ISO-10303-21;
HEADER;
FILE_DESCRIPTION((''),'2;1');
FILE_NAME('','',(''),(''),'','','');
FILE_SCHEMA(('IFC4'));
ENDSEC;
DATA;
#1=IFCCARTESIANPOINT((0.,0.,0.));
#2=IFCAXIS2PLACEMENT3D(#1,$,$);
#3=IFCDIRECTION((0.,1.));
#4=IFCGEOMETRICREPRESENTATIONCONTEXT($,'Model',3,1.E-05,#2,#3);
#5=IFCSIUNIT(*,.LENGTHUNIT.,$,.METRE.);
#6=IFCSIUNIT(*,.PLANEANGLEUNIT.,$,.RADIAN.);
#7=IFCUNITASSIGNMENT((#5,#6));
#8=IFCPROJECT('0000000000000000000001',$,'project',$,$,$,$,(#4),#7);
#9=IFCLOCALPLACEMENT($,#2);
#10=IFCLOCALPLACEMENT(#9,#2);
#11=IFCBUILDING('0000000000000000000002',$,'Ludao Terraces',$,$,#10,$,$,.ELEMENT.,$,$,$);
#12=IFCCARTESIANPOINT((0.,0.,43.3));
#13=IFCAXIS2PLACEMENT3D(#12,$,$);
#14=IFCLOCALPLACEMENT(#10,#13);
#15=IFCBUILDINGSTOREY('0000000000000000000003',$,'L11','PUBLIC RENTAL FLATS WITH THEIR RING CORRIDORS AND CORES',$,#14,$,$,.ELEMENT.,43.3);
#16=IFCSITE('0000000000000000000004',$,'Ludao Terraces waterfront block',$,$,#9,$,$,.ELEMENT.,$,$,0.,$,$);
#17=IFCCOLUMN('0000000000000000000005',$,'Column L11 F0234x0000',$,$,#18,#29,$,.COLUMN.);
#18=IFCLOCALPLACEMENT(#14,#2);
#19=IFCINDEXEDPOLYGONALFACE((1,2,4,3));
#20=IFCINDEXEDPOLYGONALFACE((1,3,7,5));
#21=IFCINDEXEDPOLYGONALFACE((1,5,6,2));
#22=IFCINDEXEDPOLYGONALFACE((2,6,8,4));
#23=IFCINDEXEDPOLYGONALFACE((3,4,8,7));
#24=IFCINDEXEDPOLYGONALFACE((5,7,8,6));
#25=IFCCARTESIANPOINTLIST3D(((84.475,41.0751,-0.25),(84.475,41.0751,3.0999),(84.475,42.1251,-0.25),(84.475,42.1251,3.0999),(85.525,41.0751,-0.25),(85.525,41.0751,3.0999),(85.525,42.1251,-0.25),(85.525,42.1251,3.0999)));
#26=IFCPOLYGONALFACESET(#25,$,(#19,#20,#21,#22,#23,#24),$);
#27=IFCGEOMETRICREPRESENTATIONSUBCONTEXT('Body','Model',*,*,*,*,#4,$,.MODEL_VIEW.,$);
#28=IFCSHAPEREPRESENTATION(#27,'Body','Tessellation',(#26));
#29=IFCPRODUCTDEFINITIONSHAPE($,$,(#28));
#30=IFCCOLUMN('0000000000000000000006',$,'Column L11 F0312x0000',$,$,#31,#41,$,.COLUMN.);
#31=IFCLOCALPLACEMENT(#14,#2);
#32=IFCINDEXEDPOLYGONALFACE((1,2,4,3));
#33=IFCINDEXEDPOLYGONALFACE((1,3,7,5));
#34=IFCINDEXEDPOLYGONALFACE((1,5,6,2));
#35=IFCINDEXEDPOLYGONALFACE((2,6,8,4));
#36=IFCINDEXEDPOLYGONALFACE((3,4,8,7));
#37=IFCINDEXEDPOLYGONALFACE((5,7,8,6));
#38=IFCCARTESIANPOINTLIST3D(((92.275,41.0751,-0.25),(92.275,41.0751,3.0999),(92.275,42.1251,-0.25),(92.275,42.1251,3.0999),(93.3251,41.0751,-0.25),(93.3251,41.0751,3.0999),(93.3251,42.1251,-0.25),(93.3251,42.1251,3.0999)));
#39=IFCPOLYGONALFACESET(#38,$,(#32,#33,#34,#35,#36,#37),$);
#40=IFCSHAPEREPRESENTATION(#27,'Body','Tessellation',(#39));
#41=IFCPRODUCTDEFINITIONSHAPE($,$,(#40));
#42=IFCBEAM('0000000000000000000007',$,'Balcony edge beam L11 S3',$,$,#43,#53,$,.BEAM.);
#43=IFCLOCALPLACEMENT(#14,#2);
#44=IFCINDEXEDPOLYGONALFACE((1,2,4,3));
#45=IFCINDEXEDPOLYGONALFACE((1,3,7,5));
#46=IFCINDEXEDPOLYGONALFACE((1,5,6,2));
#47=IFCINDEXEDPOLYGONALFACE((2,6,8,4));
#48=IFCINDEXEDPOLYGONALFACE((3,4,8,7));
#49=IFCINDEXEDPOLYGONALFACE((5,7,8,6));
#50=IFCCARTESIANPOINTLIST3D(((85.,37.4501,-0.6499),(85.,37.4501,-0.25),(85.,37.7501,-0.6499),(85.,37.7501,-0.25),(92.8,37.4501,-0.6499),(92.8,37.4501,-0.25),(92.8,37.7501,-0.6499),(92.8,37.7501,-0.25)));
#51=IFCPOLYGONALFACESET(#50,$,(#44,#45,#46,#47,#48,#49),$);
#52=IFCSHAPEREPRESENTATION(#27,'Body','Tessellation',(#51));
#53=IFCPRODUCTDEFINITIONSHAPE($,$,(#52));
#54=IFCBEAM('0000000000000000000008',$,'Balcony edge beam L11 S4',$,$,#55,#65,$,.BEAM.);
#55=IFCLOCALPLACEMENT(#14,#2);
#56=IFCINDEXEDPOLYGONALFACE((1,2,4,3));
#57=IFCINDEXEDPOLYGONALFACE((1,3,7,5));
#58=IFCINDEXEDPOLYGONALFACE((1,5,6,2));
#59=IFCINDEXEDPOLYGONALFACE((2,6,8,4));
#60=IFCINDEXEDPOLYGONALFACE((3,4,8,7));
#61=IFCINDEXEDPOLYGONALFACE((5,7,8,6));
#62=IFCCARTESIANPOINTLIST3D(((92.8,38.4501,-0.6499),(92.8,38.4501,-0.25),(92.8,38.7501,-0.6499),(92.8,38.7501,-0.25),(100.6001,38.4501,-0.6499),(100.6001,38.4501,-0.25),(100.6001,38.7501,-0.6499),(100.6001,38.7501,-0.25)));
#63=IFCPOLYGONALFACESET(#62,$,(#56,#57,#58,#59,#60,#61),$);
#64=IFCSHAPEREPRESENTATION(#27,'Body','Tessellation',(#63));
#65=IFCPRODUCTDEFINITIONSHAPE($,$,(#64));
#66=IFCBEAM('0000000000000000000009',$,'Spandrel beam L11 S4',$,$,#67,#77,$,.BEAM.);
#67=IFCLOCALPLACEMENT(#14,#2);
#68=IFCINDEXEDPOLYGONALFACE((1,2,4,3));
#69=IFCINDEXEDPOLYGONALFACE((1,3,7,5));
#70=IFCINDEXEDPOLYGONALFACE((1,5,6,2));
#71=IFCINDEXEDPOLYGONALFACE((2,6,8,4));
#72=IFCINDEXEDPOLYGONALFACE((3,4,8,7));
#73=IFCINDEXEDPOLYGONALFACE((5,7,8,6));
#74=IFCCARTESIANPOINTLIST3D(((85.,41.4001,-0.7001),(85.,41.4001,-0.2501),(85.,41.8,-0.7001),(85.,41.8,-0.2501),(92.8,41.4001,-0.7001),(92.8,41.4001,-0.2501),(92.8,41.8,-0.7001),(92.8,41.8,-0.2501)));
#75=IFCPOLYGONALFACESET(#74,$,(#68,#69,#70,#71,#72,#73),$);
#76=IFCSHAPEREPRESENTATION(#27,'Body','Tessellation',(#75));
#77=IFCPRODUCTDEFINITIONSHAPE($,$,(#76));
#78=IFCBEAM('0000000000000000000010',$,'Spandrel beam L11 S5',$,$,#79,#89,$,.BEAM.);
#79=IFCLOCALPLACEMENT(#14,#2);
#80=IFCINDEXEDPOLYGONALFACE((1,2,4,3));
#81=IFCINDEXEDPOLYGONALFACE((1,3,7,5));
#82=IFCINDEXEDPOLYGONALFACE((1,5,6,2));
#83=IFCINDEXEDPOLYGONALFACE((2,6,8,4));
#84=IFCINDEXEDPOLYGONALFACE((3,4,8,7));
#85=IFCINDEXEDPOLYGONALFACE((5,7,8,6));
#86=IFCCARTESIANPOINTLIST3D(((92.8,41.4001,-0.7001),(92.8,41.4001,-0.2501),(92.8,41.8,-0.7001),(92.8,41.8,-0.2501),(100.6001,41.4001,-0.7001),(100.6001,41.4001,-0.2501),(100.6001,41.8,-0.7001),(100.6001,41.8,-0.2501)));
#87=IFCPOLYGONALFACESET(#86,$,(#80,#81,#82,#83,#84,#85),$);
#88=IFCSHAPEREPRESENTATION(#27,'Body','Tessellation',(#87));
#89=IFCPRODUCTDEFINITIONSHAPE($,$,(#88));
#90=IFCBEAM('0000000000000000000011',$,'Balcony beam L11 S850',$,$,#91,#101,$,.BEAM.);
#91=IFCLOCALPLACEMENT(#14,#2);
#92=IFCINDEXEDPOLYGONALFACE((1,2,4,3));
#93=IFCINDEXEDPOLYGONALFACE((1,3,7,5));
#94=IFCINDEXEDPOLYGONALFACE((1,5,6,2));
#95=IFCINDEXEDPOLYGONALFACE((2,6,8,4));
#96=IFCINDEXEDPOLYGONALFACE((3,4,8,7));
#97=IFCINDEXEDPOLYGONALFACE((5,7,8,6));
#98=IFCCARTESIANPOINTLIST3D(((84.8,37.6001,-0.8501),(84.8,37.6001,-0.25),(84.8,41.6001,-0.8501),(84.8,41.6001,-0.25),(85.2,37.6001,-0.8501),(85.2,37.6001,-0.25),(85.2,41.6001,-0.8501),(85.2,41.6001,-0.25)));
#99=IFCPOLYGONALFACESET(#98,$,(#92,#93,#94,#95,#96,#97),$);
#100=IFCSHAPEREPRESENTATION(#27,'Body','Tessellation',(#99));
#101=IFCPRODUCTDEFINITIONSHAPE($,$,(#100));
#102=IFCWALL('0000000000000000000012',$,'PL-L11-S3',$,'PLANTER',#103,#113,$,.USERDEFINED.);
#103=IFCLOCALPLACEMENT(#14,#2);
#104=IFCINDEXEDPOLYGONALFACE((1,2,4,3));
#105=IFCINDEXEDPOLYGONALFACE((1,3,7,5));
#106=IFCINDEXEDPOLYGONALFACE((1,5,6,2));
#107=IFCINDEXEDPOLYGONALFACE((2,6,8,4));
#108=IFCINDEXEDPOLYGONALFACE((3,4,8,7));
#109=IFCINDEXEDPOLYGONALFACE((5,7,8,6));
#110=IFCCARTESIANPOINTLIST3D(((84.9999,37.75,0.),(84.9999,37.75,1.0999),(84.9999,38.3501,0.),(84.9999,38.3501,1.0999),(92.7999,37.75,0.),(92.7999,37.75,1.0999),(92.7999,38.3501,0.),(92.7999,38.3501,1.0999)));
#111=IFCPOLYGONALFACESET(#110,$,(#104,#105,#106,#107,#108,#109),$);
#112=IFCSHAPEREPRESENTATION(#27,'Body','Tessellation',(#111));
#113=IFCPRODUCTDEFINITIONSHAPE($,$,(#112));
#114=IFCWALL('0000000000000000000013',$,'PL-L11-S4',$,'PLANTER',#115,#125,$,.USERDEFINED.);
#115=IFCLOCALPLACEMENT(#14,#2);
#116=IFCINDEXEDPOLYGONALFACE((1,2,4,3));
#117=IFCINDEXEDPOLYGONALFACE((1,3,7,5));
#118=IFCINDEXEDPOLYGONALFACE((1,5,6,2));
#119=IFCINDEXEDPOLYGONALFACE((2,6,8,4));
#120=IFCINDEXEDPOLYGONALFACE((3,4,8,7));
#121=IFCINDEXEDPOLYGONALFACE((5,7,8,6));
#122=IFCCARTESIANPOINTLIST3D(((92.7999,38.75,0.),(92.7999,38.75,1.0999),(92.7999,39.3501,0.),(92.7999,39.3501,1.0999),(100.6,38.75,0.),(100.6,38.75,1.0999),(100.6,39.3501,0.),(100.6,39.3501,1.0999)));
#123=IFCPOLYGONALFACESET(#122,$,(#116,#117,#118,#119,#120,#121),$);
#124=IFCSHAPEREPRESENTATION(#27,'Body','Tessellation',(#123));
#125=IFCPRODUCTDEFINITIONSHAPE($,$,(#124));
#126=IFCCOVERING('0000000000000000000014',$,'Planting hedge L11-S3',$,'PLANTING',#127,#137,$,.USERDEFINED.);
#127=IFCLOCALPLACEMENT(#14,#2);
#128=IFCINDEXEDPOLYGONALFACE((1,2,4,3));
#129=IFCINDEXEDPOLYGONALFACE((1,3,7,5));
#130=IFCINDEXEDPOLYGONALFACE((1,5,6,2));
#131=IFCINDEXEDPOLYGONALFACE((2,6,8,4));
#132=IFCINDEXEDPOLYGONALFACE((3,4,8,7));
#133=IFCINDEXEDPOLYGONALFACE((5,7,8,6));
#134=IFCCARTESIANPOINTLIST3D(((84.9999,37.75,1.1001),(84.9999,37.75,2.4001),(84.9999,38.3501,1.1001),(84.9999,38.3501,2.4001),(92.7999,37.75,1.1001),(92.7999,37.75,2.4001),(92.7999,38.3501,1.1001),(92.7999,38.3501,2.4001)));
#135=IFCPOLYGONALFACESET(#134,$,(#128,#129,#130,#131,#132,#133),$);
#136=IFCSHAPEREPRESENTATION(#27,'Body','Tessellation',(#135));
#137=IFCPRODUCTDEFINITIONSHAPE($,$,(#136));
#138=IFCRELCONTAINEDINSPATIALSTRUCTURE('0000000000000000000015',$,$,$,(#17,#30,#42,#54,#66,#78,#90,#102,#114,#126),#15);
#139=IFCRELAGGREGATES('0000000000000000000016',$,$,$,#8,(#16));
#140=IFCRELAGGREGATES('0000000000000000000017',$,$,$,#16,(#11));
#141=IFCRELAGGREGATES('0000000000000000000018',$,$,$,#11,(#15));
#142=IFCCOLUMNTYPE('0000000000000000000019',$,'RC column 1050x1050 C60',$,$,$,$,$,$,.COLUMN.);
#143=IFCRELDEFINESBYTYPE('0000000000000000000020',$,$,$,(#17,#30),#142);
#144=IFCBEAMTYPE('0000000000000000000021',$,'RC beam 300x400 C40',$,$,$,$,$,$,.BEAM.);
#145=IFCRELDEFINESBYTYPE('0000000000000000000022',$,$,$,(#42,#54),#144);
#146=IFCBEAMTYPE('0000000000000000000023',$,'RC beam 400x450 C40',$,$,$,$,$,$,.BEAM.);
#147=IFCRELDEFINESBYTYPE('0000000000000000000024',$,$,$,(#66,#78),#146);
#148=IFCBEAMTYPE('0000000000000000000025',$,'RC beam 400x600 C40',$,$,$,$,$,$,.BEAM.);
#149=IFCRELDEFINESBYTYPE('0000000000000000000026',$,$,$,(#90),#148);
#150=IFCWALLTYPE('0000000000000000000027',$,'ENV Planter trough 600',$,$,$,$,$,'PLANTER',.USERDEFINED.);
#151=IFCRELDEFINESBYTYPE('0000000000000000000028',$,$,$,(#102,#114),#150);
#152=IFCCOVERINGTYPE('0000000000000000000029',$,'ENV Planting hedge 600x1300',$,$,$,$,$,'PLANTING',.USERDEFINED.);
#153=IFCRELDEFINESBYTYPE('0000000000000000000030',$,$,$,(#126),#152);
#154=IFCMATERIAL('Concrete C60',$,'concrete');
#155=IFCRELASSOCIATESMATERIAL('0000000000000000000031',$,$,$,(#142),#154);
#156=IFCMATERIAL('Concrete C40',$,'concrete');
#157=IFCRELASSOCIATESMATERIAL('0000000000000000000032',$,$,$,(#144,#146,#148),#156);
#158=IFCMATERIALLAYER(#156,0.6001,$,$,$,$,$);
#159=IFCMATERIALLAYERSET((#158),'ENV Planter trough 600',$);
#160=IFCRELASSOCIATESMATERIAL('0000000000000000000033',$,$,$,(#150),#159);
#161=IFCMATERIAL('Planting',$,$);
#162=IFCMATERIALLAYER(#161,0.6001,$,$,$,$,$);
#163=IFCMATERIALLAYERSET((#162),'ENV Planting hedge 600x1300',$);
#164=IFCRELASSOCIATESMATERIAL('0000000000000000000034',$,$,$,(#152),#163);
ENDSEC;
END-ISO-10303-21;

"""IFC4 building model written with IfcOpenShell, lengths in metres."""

from ifc_helpers import new_model, si_unit, direction, frame, frame_2d, origin, origin_2d, place, context, subcontext, project, spatial, rectangle, extrude, material, layer, layer_set, material_profile, profile_set, type_object, element, save


model = new_model("IFC4")

# Units and contexts
model_context = context("Model", 3, precision=1e-05, world=origin(), true_north=direction((0.0, 1.0)))
body_context = subcontext(model_context, "Body", "Model", "MODEL_VIEW")
ifc_project = project(units=[si_unit("LENGTHUNIT", "METRE"), si_unit("PLANEANGLEUNIT", "RADIAN")], contexts=[model_context])

# Site, building, storey
site_placement = place(None, origin())
site = spatial("IfcSite", under=ifc_project, at=site_placement, Name="Ludao Terraces waterfront block", CompositionType="ELEMENT", RefElevation=0.0)
building_placement = place(site_placement, origin())
building = spatial("IfcBuilding", under=site, at=building_placement, Name="Ludao Terraces", CompositionType="ELEMENT")
storey_placement = place(building_placement, frame((0.0, 0.0, 43.3)))
storey = spatial("IfcBuildingStorey", under=building, at=storey_placement, Name="L11", Description="PUBLIC RENTAL FLATS WITH THEIR RING CORRIDORS AND CORES", CompositionType="ELEMENT", Elevation=43.3)

# Columns
ifc_material_1 = material(Name="Concrete C60", Category="concrete")
ifc_material_profile_1 = material_profile(ifc_material_1, rectangle(XDim=1.05, YDim=1.05, at=origin_2d()), Name="1050 X 1050")
ifc_profile_set_1 = profile_set([ifc_material_profile_1], Name="Concrete C60")
column_type = type_object("IfcColumnType", Name="RC column 1050x1050 C60", PredefinedType="COLUMN", material=ifc_profile_set_1)
for number, where, z_axis, x_axis, name in (
    (1, (85.0, 41.6001, -0.25), (0.0, 0.0, 1.0), (1.0, 0.0, 0.0), "Column L11 F0234x0000"),
    (2, (92.8, 41.6001, -0.25), (0.0, 0.0, 1.0), (1.0, 0.0, 0.0), "Column L11 F0312x0000"),
):
    element("IfcColumn", number, at=place(storey_placement, frame(where, z_axis=z_axis, x_axis=x_axis)), inside=storey, type_object=column_type, Name=name, PredefinedType="COLUMN", context=body_context, shape_type="SweptSolid", body=[
        extrude(rectangle(XDim=1.05, YDim=1.05, at=origin_2d()), origin(), (0.0, 0.0, 1.0), 3.3499),
    ])

# Beams
ifc_material_2 = material(Name="Concrete C40", Category="concrete")
ifc_material_profile_2 = material_profile(ifc_material_2, rectangle(XDim=0.3, YDim=0.3999, at=origin_2d()), Name="300 X 400")
ifc_profile_set_2 = profile_set([ifc_material_profile_2], Name="Concrete C40")
beam_type_1 = type_object("IfcBeamType", Name="RC beam 300x400 C40", PredefinedType="BEAM", material=ifc_profile_set_2)
for number, where, z_axis, x_axis, name in (
    (3, (85.0, 37.6001, -0.45), (1.0, 0.0, 0.0), (0.0, 1.0, 0.0), "Balcony edge beam L11 S3"),
    (4, (92.8, 38.6001, -0.45), (1.0, 0.0, 0.0), (0.0, 1.0, 0.0), "Balcony edge beam L11 S4"),
):
    element("IfcBeam", number, at=place(storey_placement, frame(where, z_axis=z_axis, x_axis=x_axis)), inside=storey, type_object=beam_type_1, Name=name, PredefinedType="BEAM", context=body_context, shape_type="SweptSolid", body=[
        extrude(rectangle(XDim=0.3, YDim=0.3999, at=origin_2d()), origin(), (0.0, 0.0, 1.0), 7.8),
    ])
ifc_material_profile_3 = material_profile(ifc_material_2, rectangle(XDim=0.3999, YDim=0.45, at=origin_2d()), Name="400 X 450")
ifc_profile_set_3 = profile_set([ifc_material_profile_3], Name="Concrete C40")
beam_type_2 = type_object("IfcBeamType", Name="RC beam 400x450 C40", PredefinedType="BEAM", material=ifc_profile_set_3)
for number, where, z_axis, x_axis, name in (
    (5, (85.0, 41.6001, -0.4751), (1.0, 0.0, 0.0), (0.0, 1.0, 0.0), "Spandrel beam L11 S4"),
    (6, (92.8, 41.6001, -0.4751), (1.0, 0.0, 0.0), (0.0, 1.0, 0.0), "Spandrel beam L11 S5"),
):
    element("IfcBeam", number, at=place(storey_placement, frame(where, z_axis=z_axis, x_axis=x_axis)), inside=storey, type_object=beam_type_2, Name=name, PredefinedType="BEAM", context=body_context, shape_type="SweptSolid", body=[
        extrude(rectangle(XDim=0.3999, YDim=0.45, at=origin_2d()), origin(), (0.0, 0.0, 1.0), 7.8),
    ])
ifc_material_profile_4 = material_profile(ifc_material_2, rectangle(XDim=0.3999, YDim=0.6001, at=origin_2d()), Name="400 X 600")
ifc_profile_set_4 = profile_set([ifc_material_profile_4], Name="Concrete C40")
beam_type_3 = type_object("IfcBeamType", Name="RC beam 400x600 C40", PredefinedType="BEAM", material=ifc_profile_set_4)
beam_placement = place(storey_placement, frame((85.0, 41.6001, -0.55), z_axis=(0.0, -1.0, 0.0), x_axis=(1.0, 0.0, 0.0)))
element("IfcBeam", 7, at=beam_placement, inside=storey, type_object=beam_type_3, Name="Balcony beam L11 S850", PredefinedType="BEAM", context=body_context, shape_type="SweptSolid", body=[
    extrude(rectangle(XDim=0.3999, YDim=0.6001, at=origin_2d()), origin(), (0.0, 0.0, 1.0), 4.0),
])

# Walls
ifc_layer_1 = layer(ifc_material_2, 0.6001)
ifc_layer_set_1 = layer_set([ifc_layer_1], Name="ENV Planter trough 600")
wall_type = type_object("IfcWallType", Name="ENV Planter trough 600", ElementType="PLANTER", PredefinedType="USERDEFINED", material=ifc_layer_set_1)
for number, where, z_axis, x_axis, name in (
    (8, (85.0, 38.05, 0.0), (0.0, 0.0, 1.0), (1.0, 0.0, 0.0), "PL-L11-S3"),
    (9, (92.8, 39.05, 0.0), (0.0, 0.0, 1.0), (1.0, 0.0, 0.0), "PL-L11-S4"),
):
    element("IfcWall", number, at=place(storey_placement, frame(where, z_axis=z_axis, x_axis=x_axis)), inside=storey, type_object=wall_type, Name=name, ObjectType="PLANTER", PredefinedType="USERDEFINED", context=body_context, shape_type="SweptSolid", body=[
        extrude(rectangle(XDim=7.8, YDim=0.6001, at=frame_2d((3.8999, 0.0))), origin(), (0.0, 0.0, 1.0), 1.0999),
    ])

# Covering
ifc_material_3 = material(Name="Planting")
ifc_layer_2 = layer(ifc_material_3, 0.6001)
ifc_layer_set_2 = layer_set([ifc_layer_2], Name="ENV Planting hedge 600x1300")
covering_type = type_object("IfcCoveringType", Name="ENV Planting hedge 600x1300", ElementType="PLANTING", PredefinedType="USERDEFINED", material=ifc_layer_set_2)
covering_placement = place(storey_placement, frame((88.8999, 38.05, 1.1001), z_axis=(0.0, 0.0, 1.0), x_axis=(1.0, 0.0, 0.0)))
element("IfcCovering", 10, at=covering_placement, inside=storey, type_object=covering_type, Name="Planting hedge L11-S3", ObjectType="PLANTING", PredefinedType="USERDEFINED", context=body_context, shape_type="SweptSolid", body=[
    extrude(rectangle(XDim=7.8, YDim=0.6001, at=origin_2d()), origin(), (0.0, 0.0, 1.0), 1.3),
])

save(model, "model.ifc")
